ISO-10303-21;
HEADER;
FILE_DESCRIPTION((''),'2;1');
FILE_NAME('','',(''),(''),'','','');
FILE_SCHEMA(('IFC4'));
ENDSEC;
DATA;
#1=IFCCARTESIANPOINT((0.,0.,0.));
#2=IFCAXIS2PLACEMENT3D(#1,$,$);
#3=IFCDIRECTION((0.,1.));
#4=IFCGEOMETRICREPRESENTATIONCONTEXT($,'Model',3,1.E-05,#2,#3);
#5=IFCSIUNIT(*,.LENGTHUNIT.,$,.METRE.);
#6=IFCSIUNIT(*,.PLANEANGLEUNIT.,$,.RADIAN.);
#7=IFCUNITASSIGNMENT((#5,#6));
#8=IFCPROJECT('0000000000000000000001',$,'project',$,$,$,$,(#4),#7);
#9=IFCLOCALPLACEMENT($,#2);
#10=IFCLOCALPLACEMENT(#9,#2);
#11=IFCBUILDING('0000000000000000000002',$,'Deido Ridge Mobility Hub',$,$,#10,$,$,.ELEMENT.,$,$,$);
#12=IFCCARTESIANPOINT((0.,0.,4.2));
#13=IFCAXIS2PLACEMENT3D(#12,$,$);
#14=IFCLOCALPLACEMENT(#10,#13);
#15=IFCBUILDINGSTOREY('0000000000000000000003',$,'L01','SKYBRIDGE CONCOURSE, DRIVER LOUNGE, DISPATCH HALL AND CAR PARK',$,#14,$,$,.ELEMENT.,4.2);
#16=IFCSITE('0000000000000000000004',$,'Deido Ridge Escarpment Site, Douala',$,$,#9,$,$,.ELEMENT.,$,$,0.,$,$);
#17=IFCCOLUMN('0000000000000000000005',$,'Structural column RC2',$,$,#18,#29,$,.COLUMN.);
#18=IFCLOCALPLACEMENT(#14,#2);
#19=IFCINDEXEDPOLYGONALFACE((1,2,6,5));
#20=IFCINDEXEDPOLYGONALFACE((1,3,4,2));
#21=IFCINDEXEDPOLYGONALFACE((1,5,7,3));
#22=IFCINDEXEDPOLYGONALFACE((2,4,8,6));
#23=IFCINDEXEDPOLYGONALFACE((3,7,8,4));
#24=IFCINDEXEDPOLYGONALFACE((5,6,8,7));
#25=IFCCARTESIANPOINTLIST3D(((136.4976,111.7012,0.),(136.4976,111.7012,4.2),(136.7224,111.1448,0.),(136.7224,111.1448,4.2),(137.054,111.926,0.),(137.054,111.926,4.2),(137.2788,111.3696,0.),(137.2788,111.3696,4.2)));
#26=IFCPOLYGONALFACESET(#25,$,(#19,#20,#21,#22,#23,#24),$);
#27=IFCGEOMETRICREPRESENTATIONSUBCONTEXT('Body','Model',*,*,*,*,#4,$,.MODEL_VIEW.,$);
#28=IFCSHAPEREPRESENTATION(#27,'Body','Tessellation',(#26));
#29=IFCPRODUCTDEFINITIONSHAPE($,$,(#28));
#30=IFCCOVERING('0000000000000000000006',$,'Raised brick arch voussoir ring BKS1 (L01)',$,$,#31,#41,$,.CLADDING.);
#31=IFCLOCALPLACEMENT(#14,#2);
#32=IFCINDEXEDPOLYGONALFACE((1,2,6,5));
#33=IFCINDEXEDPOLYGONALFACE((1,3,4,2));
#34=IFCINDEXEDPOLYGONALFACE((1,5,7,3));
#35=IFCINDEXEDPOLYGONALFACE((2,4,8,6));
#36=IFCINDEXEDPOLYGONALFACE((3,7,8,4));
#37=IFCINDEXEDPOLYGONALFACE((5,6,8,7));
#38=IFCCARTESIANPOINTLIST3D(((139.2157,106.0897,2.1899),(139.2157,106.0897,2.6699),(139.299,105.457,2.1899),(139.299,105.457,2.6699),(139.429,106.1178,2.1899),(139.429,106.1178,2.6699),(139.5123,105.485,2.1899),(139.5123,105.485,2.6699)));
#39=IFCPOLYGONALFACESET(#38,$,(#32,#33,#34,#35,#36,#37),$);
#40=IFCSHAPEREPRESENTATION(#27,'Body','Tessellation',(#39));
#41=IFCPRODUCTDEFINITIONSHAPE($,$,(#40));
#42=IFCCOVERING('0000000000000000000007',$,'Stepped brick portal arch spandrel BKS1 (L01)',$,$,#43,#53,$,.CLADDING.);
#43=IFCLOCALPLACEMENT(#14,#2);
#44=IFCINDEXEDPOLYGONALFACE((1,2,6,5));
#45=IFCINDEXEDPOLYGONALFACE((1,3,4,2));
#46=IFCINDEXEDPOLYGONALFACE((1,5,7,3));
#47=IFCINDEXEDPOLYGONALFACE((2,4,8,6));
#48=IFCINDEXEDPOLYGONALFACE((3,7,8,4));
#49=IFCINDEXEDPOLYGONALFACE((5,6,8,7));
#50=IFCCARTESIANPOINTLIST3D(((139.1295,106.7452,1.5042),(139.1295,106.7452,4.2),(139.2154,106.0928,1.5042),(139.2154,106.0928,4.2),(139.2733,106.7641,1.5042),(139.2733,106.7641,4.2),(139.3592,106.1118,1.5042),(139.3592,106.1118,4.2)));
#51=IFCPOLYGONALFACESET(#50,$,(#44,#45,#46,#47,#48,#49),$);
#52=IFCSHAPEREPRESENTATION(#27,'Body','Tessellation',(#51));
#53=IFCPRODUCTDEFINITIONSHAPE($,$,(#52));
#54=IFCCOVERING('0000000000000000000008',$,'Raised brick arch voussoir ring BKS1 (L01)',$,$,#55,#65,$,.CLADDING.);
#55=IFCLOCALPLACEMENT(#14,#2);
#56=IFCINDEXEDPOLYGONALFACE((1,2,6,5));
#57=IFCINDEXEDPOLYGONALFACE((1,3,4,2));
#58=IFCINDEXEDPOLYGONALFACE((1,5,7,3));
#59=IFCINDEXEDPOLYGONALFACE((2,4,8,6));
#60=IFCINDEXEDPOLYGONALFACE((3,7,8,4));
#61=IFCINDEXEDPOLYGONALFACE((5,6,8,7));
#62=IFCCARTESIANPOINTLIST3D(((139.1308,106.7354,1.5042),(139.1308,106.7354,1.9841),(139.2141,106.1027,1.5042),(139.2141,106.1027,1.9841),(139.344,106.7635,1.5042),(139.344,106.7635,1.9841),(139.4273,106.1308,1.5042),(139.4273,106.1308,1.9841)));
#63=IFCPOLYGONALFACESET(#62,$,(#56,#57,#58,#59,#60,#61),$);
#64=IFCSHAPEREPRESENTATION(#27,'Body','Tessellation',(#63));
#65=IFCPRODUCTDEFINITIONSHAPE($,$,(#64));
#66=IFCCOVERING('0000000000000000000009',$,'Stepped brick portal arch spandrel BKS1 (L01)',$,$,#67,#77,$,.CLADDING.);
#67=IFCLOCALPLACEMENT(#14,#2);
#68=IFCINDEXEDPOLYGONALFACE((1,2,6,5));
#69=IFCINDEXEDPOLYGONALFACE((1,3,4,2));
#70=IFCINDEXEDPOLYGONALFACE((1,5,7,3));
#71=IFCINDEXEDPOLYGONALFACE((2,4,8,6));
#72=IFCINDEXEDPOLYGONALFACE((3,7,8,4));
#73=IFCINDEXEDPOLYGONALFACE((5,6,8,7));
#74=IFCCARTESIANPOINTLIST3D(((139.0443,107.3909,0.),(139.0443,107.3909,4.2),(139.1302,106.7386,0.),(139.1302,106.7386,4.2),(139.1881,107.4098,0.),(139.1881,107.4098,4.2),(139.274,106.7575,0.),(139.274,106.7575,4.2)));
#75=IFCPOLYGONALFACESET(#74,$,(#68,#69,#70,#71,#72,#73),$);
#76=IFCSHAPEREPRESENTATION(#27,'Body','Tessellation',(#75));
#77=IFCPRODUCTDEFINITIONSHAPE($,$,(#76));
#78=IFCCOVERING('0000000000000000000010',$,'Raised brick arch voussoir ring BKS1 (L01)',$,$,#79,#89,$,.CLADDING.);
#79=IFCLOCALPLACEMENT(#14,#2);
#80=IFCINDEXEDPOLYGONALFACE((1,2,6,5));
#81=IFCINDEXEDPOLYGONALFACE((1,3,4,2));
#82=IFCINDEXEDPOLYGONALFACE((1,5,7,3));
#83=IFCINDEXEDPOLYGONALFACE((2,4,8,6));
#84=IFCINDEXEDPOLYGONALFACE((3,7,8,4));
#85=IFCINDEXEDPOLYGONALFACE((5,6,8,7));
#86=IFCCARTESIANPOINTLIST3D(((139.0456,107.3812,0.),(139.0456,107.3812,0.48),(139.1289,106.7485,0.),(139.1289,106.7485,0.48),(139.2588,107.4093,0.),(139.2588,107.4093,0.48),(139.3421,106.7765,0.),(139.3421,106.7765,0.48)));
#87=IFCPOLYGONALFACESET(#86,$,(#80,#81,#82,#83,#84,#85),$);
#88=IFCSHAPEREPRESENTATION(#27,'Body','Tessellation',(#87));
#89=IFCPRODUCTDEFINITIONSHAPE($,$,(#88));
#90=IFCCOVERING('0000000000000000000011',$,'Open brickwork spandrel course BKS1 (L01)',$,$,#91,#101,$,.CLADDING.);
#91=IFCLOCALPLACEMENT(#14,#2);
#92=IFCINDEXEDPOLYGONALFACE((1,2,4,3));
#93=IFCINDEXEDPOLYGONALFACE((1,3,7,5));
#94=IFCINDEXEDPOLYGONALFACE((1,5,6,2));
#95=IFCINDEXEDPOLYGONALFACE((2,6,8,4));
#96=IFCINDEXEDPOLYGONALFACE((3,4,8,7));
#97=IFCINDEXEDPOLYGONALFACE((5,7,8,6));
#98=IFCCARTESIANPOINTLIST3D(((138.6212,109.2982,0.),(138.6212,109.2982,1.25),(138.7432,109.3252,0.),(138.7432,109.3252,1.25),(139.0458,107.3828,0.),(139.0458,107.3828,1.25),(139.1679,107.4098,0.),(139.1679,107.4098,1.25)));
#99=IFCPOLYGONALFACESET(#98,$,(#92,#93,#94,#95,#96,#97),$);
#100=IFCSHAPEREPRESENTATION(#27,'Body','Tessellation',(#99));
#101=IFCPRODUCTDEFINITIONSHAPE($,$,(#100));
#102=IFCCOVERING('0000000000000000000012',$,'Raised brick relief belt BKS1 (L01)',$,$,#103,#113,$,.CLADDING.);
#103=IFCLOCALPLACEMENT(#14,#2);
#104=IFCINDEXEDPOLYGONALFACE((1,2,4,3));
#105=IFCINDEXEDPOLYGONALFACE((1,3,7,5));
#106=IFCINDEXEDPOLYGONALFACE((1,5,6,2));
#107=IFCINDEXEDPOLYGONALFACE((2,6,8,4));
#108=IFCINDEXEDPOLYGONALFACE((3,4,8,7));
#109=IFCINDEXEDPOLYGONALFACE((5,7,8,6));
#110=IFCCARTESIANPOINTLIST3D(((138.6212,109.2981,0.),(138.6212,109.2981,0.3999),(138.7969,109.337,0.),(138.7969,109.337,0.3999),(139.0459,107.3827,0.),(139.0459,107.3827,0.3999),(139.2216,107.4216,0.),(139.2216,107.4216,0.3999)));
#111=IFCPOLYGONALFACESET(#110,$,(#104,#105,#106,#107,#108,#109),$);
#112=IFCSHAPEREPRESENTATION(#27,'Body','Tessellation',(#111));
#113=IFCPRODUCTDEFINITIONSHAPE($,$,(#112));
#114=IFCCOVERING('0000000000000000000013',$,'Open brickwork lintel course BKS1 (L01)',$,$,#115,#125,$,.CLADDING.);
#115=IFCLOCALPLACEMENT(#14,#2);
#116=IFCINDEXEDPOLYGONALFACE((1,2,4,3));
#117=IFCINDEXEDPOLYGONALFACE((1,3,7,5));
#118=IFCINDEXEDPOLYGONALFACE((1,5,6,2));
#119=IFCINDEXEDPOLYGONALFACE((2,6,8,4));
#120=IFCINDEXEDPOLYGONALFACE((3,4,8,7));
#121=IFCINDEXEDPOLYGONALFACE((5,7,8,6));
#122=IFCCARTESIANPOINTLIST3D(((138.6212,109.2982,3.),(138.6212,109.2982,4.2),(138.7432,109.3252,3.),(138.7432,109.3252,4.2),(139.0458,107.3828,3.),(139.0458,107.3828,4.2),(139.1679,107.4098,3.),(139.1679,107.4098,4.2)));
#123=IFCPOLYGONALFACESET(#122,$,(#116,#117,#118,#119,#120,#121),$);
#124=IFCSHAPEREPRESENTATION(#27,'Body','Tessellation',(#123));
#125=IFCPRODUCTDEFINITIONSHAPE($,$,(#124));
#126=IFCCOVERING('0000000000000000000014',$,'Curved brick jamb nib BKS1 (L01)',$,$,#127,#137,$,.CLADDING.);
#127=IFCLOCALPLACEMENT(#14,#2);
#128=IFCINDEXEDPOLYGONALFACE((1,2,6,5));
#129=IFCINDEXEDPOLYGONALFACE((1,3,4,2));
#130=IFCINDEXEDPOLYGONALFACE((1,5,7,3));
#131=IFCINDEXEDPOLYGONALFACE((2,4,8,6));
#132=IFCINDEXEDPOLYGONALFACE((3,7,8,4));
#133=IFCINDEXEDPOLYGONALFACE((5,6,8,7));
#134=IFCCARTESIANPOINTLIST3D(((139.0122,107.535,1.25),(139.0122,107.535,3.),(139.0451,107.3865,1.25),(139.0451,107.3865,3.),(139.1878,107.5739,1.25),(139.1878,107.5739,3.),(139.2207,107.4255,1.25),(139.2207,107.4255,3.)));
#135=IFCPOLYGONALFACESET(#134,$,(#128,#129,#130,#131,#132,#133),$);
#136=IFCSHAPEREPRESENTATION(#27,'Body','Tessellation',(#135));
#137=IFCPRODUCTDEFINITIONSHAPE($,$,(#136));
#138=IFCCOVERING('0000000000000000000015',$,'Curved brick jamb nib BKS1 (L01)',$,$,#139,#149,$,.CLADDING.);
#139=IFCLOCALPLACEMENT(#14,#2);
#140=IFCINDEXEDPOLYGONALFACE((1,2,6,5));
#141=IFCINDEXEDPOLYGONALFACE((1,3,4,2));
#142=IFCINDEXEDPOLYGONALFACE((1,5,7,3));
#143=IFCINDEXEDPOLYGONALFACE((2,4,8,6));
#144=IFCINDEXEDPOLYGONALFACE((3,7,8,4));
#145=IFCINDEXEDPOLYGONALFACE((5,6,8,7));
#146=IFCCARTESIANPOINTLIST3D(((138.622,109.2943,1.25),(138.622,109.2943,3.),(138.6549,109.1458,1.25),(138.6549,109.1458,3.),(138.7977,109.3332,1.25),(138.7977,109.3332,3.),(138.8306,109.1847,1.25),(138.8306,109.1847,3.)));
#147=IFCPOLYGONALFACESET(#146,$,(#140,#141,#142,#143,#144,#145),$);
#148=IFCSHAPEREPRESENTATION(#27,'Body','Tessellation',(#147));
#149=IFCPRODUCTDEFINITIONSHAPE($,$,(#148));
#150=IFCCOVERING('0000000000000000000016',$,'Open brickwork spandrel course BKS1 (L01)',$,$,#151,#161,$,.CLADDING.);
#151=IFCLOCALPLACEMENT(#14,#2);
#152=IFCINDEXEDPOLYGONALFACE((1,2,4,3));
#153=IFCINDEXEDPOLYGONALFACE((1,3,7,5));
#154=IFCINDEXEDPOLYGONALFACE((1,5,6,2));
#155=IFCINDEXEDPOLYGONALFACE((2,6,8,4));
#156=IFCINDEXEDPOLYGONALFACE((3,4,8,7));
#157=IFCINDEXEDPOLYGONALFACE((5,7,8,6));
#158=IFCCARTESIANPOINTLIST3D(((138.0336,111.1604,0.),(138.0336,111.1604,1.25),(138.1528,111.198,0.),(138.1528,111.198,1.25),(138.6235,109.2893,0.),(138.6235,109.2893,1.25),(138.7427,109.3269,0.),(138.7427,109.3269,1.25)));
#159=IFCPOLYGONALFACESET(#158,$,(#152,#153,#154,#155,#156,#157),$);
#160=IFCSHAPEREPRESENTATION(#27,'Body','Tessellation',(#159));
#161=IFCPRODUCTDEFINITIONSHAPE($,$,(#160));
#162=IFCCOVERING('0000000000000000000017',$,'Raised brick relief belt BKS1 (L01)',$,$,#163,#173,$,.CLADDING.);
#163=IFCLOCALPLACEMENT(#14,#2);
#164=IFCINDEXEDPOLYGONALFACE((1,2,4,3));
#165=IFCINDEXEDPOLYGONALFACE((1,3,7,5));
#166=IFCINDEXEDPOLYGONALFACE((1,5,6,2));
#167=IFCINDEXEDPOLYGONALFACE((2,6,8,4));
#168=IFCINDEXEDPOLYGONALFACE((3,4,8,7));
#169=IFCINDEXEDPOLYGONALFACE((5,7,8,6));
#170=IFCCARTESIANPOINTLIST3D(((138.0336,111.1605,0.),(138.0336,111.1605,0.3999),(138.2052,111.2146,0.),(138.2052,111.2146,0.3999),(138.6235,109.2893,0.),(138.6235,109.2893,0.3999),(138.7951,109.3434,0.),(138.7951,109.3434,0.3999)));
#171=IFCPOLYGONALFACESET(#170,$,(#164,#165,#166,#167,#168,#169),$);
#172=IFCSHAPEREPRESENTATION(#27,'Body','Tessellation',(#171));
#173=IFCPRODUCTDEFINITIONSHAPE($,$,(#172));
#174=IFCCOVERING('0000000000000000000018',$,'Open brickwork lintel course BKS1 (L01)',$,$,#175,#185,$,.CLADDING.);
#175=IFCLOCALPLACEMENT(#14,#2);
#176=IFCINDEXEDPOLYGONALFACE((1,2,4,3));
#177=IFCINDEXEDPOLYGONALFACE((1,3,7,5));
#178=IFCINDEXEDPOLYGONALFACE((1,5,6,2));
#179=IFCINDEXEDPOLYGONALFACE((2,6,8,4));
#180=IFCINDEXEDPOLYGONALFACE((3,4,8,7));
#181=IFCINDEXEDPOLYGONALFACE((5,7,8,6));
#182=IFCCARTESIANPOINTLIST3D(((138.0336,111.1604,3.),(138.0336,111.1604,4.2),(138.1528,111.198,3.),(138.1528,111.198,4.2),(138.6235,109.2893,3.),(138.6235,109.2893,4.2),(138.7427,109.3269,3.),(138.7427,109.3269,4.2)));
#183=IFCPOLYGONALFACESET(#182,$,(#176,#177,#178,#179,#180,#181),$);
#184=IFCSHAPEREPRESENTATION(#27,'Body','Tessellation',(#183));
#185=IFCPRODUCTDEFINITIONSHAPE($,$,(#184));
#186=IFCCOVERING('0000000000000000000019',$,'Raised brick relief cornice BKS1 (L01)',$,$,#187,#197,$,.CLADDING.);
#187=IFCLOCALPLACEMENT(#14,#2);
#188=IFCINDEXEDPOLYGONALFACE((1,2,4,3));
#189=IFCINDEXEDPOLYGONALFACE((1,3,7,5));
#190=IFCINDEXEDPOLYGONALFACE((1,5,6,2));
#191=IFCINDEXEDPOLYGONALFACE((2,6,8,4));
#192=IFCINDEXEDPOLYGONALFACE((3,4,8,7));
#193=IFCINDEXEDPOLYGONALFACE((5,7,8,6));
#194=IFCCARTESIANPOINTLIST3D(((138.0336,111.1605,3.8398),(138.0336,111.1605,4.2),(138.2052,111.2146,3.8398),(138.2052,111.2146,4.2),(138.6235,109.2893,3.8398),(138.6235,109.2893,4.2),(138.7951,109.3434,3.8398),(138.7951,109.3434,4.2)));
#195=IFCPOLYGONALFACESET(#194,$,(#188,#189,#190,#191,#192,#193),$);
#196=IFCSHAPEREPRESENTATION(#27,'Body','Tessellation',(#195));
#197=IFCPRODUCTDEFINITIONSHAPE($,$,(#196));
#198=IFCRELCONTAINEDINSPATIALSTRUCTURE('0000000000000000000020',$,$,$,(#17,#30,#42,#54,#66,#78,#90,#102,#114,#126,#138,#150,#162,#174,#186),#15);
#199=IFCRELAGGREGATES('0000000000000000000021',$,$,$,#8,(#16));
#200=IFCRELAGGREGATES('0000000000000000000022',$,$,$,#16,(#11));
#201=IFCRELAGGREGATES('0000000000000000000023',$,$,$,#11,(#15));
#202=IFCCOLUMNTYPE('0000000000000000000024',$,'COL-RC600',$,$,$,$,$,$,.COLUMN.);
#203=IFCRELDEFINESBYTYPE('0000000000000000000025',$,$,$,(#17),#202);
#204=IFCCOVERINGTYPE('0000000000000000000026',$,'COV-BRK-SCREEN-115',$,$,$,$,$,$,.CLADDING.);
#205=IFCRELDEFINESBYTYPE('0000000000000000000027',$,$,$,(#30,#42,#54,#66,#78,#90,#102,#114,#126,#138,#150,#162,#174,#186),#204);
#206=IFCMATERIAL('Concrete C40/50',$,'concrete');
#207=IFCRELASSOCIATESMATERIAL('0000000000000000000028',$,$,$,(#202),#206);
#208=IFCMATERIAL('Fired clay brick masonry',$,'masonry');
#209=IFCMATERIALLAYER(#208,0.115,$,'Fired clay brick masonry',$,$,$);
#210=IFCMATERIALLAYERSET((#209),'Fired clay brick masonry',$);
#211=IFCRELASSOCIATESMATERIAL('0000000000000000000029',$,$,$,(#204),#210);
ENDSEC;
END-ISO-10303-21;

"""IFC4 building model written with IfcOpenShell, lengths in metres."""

from ifc_helpers import new_model, si_unit, direction, frame, origin, origin_2d, place, context, subcontext, project, spatial, rectangle, extrude, material, layer, layer_set, material_profile, profile_set, type_object, element, save


model = new_model("IFC4")

# Units and contexts
model_context = context("Model", 3, precision=1e-05, world=origin(), true_north=direction((0.0, 1.0)))
body_context = subcontext(model_context, "Body", "Model", "MODEL_VIEW")
ifc_project = project(units=[si_unit("LENGTHUNIT", "METRE"), si_unit("PLANEANGLEUNIT", "RADIAN")], contexts=[model_context])

# Site, building, storey
site_placement = place(None, origin())
site = spatial("IfcSite", under=ifc_project, at=site_placement, Name="Deido Ridge Escarpment Site, Douala", CompositionType="ELEMENT", RefElevation=0.0)
building_placement = place(site_placement, origin())
building = spatial("IfcBuilding", under=site, at=building_placement, Name="Deido Ridge Mobility Hub", CompositionType="ELEMENT")
storey_placement = place(building_placement, frame((0.0, 0.0, 4.2)))
storey = spatial("IfcBuildingStorey", under=building, at=storey_placement, Name="L01", Description="SKYBRIDGE CONCOURSE, DRIVER LOUNGE, DISPATCH HALL AND CAR PARK", CompositionType="ELEMENT", Elevation=4.2)

# Column
ifc_material_1 = material(Name="Concrete C40/50", Category="concrete")
ifc_material_profile = material_profile(ifc_material_1, rectangle(XDim=0.6001, YDim=0.6001, at=origin_2d()), Name="RC COL 600x600")
ifc_profile_set = profile_set([ifc_material_profile], Name="Concrete C40/50")
column_type = type_object("IfcColumnType", Name="COL-RC600", PredefinedType="COLUMN", material=ifc_profile_set)
column_placement = place(storey_placement, frame((136.8882, 111.5354, 0.0), z_axis=(0.0, 0.0, 1.0), x_axis=(0.927184, 0.374607, 0.0)))
element("IfcColumn", 1, at=column_placement, inside=storey, type_object=column_type, Name="Structural column RC2", PredefinedType="COLUMN", context=body_context, shape_type="SweptSolid", body=[
    extrude(rectangle(XDim=0.6001, YDim=0.6001, at=origin_2d()), origin(), (0.0, 0.0, 1.0), 4.2),
])

# Coverings
ifc_material_2 = material(Name="Fired clay brick masonry", Category="masonry")
ifc_layer = layer(ifc_material_2, 0.115, Name="Fired clay brick masonry")
ifc_layer_set = layer_set([ifc_layer], Name="Fired clay brick masonry")
covering_type = type_object("IfcCoveringType", Name="COV-BRK-SCREEN-115", PredefinedType="CLADDING", material=ifc_layer_set)
covering_1_placement = place(storey_placement, frame((139.364, 105.7874, 2.1899), z_axis=(0.0, 0.0, 1.0), x_axis=(-0.130543, 0.991443, 0.0)))
element("IfcCovering", 2, at=covering_1_placement, inside=storey, type_object=covering_type, Name="Raised brick arch voussoir ring BKS1 (L01)", PredefinedType="CLADDING", context=body_context, shape_type="SweptSolid", body=[
    extrude(rectangle(XDim=0.6382, YDim=0.2151, at=origin_2d()), origin(), (0.0, 0.0, 1.0), 0.48),
])
covering_2_placement = place(storey_placement, frame((139.2444, 106.4285, 1.5042), z_axis=(0.0, 0.0, 1.0), x_axis=(-0.130543, 0.991443, 0.0)))
element("IfcCovering", 3, at=covering_2_placement, inside=storey, type_object=covering_type, Name="Stepped brick portal arch spandrel BKS1 (L01)", PredefinedType="CLADDING", context=body_context, shape_type="SweptSolid", body=[
    extrude(rectangle(XDim=0.658, YDim=0.145, at=origin_2d()), origin(), (0.0, 0.0, 1.0), 2.6958),
])
covering_3_placement = place(storey_placement, frame((139.2791, 106.4331, 1.5042), z_axis=(0.0, 0.0, 1.0), x_axis=(-0.130543, 0.991443, 0.0)))
element("IfcCovering", 4, at=covering_3_placement, inside=storey, type_object=covering_type, Name="Raised brick arch voussoir ring BKS1 (L01)", PredefinedType="CLADDING", context=body_context, shape_type="SweptSolid", body=[
    extrude(rectangle(XDim=0.6382, YDim=0.2151, at=origin_2d()), origin(), (0.0, 0.0, 1.0), 0.48),
])
covering_4_placement = place(storey_placement, frame((139.1592, 107.0742, 0.0), z_axis=(0.0, 0.0, 1.0), x_axis=(-0.130543, 0.991443, 0.0)))
element("IfcCovering", 5, at=covering_4_placement, inside=storey, type_object=covering_type, Name="Stepped brick portal arch spandrel BKS1 (L01)", PredefinedType="CLADDING", context=body_context, shape_type="SweptSolid", body=[
    extrude(rectangle(XDim=0.658, YDim=0.145, at=origin_2d()), origin(), (0.0, 0.0, 1.0), 4.2),
])
covering_5_placement = place(storey_placement, frame((139.1938, 107.0789, 0.0), z_axis=(0.0, 0.0, 1.0), x_axis=(-0.130543, 0.991443, 0.0)))
element("IfcCovering", 6, at=covering_5_placement, inside=storey, type_object=covering_type, Name="Raised brick arch voussoir ring BKS1 (L01)", PredefinedType="CLADDING", context=body_context, shape_type="SweptSolid", body=[
    extrude(rectangle(XDim=0.6382, YDim=0.2151, at=origin_2d()), origin(), (0.0, 0.0, 1.0), 0.48),
])
covering_6_placement = place(storey_placement, frame((138.8945, 108.354, 0.0), z_axis=(0.0, 0.0, 1.0), x_axis=(-0.216457, 0.976292, 0.0)))
element("IfcCovering", 7, at=covering_6_placement, inside=storey, type_object=covering_type, Name="Open brickwork spandrel course BKS1 (L01)", PredefinedType="CLADDING", context=body_context, shape_type="SweptSolid", body=[
    extrude(rectangle(XDim=1.9619, YDim=0.125, at=origin_2d()), origin(), (0.0, 0.0, 1.0), 1.25),
])
covering_7_placement = place(storey_placement, frame((138.9214, 108.3599, 0.0), z_axis=(0.0, 0.0, 1.0), x_axis=(-0.216457, 0.976292, 0.0)))
element("IfcCovering", 8, at=covering_7_placement, inside=storey, type_object=covering_type, Name="Raised brick relief belt BKS1 (L01)", PredefinedType="CLADDING", context=body_context, shape_type="SweptSolid", body=[
    extrude(rectangle(XDim=1.9619, YDim=0.1799, at=origin_2d()), origin(), (0.0, 0.0, 1.0), 0.3999),
])
covering_8_placement = place(storey_placement, frame((138.8945, 108.354, 3.0), z_axis=(0.0, 0.0, 1.0), x_axis=(-0.216457, 0.976292, 0.0)))
element("IfcCovering", 9, at=covering_8_placement, inside=storey, type_object=covering_type, Name="Open brickwork lintel course BKS1 (L01)", PredefinedType="CLADDING", context=body_context, shape_type="SweptSolid", body=[
    extrude(rectangle(XDim=1.9619, YDim=0.125, at=origin_2d()), origin(), (0.0, 0.0, 1.0), 1.2),
])
for number, where, z_axis, x_axis, name in (
    (10, (139.1165, 107.4802, 1.25), (0.0, 0.0, 1.0), (-0.216457, 0.976292, 0.0), "Curved brick jamb nib BKS1 (L01)"),
    (11, (138.7263, 109.2395, 1.25), (0.0, 0.0, 1.0), (-0.216457, 0.976292, 0.0), "Curved brick jamb nib BKS1 (L01)"),
):
    element("IfcCovering", number, at=place(storey_placement, frame(where, z_axis=z_axis, x_axis=x_axis)), inside=storey, type_object=covering_type, Name=name, PredefinedType="CLADDING", context=body_context, shape_type="SweptSolid", body=[
        extrude(rectangle(XDim=0.1521, YDim=0.1799, at=origin_2d()), origin(), (0.0, 0.0, 1.0), 1.75),
    ])
covering_9_placement = place(storey_placement, frame((138.3882, 110.2437, 0.0), z_axis=(0.0, 0.0, 1.0), x_axis=(-0.300673, 0.953727, 0.0)))
element("IfcCovering", 12, at=covering_9_placement, inside=storey, type_object=covering_type, Name="Open brickwork spandrel course BKS1 (L01)", PredefinedType="CLADDING", context=body_context, shape_type="SweptSolid", body=[
    extrude(rectangle(XDim=1.9619, YDim=0.125, at=origin_2d()), origin(), (0.0, 0.0, 1.0), 1.25),
])
covering_10_placement = place(storey_placement, frame((138.4143, 110.252, 0.0), z_axis=(0.0, 0.0, 1.0), x_axis=(-0.300673, 0.953727, 0.0)))
element("IfcCovering", 13, at=covering_10_placement, inside=storey, type_object=covering_type, Name="Raised brick relief belt BKS1 (L01)", PredefinedType="CLADDING", context=body_context, shape_type="SweptSolid", body=[
    extrude(rectangle(XDim=1.9619, YDim=0.1799, at=origin_2d()), origin(), (0.0, 0.0, 1.0), 0.3999),
])
covering_11_placement = place(storey_placement, frame((138.3882, 110.2437, 3.0), z_axis=(0.0, 0.0, 1.0), x_axis=(-0.300673, 0.953727, 0.0)))
element("IfcCovering", 14, at=covering_11_placement, inside=storey, type_object=covering_type, Name="Open brickwork lintel course BKS1 (L01)", PredefinedType="CLADDING", context=body_context, shape_type="SweptSolid", body=[
    extrude(rectangle(XDim=1.9619, YDim=0.125, at=origin_2d()), origin(), (0.0, 0.0, 1.0), 1.2),
])
covering_12_placement = place(storey_placement, frame((138.4143, 110.252, 3.8398), z_axis=(0.0, 0.0, 1.0), x_axis=(-0.300673, 0.953727, 0.0)))
element("IfcCovering", 15, at=covering_12_placement, inside=storey, type_object=covering_type, Name="Raised brick relief cornice BKS1 (L01)", PredefinedType="CLADDING", context=body_context, shape_type="SweptSolid", body=[
    extrude(rectangle(XDim=1.9619, YDim=0.1799, at=origin_2d()), origin(), (0.0, 0.0, 1.0), 0.3601),
])

save(model, "model.ifc")
